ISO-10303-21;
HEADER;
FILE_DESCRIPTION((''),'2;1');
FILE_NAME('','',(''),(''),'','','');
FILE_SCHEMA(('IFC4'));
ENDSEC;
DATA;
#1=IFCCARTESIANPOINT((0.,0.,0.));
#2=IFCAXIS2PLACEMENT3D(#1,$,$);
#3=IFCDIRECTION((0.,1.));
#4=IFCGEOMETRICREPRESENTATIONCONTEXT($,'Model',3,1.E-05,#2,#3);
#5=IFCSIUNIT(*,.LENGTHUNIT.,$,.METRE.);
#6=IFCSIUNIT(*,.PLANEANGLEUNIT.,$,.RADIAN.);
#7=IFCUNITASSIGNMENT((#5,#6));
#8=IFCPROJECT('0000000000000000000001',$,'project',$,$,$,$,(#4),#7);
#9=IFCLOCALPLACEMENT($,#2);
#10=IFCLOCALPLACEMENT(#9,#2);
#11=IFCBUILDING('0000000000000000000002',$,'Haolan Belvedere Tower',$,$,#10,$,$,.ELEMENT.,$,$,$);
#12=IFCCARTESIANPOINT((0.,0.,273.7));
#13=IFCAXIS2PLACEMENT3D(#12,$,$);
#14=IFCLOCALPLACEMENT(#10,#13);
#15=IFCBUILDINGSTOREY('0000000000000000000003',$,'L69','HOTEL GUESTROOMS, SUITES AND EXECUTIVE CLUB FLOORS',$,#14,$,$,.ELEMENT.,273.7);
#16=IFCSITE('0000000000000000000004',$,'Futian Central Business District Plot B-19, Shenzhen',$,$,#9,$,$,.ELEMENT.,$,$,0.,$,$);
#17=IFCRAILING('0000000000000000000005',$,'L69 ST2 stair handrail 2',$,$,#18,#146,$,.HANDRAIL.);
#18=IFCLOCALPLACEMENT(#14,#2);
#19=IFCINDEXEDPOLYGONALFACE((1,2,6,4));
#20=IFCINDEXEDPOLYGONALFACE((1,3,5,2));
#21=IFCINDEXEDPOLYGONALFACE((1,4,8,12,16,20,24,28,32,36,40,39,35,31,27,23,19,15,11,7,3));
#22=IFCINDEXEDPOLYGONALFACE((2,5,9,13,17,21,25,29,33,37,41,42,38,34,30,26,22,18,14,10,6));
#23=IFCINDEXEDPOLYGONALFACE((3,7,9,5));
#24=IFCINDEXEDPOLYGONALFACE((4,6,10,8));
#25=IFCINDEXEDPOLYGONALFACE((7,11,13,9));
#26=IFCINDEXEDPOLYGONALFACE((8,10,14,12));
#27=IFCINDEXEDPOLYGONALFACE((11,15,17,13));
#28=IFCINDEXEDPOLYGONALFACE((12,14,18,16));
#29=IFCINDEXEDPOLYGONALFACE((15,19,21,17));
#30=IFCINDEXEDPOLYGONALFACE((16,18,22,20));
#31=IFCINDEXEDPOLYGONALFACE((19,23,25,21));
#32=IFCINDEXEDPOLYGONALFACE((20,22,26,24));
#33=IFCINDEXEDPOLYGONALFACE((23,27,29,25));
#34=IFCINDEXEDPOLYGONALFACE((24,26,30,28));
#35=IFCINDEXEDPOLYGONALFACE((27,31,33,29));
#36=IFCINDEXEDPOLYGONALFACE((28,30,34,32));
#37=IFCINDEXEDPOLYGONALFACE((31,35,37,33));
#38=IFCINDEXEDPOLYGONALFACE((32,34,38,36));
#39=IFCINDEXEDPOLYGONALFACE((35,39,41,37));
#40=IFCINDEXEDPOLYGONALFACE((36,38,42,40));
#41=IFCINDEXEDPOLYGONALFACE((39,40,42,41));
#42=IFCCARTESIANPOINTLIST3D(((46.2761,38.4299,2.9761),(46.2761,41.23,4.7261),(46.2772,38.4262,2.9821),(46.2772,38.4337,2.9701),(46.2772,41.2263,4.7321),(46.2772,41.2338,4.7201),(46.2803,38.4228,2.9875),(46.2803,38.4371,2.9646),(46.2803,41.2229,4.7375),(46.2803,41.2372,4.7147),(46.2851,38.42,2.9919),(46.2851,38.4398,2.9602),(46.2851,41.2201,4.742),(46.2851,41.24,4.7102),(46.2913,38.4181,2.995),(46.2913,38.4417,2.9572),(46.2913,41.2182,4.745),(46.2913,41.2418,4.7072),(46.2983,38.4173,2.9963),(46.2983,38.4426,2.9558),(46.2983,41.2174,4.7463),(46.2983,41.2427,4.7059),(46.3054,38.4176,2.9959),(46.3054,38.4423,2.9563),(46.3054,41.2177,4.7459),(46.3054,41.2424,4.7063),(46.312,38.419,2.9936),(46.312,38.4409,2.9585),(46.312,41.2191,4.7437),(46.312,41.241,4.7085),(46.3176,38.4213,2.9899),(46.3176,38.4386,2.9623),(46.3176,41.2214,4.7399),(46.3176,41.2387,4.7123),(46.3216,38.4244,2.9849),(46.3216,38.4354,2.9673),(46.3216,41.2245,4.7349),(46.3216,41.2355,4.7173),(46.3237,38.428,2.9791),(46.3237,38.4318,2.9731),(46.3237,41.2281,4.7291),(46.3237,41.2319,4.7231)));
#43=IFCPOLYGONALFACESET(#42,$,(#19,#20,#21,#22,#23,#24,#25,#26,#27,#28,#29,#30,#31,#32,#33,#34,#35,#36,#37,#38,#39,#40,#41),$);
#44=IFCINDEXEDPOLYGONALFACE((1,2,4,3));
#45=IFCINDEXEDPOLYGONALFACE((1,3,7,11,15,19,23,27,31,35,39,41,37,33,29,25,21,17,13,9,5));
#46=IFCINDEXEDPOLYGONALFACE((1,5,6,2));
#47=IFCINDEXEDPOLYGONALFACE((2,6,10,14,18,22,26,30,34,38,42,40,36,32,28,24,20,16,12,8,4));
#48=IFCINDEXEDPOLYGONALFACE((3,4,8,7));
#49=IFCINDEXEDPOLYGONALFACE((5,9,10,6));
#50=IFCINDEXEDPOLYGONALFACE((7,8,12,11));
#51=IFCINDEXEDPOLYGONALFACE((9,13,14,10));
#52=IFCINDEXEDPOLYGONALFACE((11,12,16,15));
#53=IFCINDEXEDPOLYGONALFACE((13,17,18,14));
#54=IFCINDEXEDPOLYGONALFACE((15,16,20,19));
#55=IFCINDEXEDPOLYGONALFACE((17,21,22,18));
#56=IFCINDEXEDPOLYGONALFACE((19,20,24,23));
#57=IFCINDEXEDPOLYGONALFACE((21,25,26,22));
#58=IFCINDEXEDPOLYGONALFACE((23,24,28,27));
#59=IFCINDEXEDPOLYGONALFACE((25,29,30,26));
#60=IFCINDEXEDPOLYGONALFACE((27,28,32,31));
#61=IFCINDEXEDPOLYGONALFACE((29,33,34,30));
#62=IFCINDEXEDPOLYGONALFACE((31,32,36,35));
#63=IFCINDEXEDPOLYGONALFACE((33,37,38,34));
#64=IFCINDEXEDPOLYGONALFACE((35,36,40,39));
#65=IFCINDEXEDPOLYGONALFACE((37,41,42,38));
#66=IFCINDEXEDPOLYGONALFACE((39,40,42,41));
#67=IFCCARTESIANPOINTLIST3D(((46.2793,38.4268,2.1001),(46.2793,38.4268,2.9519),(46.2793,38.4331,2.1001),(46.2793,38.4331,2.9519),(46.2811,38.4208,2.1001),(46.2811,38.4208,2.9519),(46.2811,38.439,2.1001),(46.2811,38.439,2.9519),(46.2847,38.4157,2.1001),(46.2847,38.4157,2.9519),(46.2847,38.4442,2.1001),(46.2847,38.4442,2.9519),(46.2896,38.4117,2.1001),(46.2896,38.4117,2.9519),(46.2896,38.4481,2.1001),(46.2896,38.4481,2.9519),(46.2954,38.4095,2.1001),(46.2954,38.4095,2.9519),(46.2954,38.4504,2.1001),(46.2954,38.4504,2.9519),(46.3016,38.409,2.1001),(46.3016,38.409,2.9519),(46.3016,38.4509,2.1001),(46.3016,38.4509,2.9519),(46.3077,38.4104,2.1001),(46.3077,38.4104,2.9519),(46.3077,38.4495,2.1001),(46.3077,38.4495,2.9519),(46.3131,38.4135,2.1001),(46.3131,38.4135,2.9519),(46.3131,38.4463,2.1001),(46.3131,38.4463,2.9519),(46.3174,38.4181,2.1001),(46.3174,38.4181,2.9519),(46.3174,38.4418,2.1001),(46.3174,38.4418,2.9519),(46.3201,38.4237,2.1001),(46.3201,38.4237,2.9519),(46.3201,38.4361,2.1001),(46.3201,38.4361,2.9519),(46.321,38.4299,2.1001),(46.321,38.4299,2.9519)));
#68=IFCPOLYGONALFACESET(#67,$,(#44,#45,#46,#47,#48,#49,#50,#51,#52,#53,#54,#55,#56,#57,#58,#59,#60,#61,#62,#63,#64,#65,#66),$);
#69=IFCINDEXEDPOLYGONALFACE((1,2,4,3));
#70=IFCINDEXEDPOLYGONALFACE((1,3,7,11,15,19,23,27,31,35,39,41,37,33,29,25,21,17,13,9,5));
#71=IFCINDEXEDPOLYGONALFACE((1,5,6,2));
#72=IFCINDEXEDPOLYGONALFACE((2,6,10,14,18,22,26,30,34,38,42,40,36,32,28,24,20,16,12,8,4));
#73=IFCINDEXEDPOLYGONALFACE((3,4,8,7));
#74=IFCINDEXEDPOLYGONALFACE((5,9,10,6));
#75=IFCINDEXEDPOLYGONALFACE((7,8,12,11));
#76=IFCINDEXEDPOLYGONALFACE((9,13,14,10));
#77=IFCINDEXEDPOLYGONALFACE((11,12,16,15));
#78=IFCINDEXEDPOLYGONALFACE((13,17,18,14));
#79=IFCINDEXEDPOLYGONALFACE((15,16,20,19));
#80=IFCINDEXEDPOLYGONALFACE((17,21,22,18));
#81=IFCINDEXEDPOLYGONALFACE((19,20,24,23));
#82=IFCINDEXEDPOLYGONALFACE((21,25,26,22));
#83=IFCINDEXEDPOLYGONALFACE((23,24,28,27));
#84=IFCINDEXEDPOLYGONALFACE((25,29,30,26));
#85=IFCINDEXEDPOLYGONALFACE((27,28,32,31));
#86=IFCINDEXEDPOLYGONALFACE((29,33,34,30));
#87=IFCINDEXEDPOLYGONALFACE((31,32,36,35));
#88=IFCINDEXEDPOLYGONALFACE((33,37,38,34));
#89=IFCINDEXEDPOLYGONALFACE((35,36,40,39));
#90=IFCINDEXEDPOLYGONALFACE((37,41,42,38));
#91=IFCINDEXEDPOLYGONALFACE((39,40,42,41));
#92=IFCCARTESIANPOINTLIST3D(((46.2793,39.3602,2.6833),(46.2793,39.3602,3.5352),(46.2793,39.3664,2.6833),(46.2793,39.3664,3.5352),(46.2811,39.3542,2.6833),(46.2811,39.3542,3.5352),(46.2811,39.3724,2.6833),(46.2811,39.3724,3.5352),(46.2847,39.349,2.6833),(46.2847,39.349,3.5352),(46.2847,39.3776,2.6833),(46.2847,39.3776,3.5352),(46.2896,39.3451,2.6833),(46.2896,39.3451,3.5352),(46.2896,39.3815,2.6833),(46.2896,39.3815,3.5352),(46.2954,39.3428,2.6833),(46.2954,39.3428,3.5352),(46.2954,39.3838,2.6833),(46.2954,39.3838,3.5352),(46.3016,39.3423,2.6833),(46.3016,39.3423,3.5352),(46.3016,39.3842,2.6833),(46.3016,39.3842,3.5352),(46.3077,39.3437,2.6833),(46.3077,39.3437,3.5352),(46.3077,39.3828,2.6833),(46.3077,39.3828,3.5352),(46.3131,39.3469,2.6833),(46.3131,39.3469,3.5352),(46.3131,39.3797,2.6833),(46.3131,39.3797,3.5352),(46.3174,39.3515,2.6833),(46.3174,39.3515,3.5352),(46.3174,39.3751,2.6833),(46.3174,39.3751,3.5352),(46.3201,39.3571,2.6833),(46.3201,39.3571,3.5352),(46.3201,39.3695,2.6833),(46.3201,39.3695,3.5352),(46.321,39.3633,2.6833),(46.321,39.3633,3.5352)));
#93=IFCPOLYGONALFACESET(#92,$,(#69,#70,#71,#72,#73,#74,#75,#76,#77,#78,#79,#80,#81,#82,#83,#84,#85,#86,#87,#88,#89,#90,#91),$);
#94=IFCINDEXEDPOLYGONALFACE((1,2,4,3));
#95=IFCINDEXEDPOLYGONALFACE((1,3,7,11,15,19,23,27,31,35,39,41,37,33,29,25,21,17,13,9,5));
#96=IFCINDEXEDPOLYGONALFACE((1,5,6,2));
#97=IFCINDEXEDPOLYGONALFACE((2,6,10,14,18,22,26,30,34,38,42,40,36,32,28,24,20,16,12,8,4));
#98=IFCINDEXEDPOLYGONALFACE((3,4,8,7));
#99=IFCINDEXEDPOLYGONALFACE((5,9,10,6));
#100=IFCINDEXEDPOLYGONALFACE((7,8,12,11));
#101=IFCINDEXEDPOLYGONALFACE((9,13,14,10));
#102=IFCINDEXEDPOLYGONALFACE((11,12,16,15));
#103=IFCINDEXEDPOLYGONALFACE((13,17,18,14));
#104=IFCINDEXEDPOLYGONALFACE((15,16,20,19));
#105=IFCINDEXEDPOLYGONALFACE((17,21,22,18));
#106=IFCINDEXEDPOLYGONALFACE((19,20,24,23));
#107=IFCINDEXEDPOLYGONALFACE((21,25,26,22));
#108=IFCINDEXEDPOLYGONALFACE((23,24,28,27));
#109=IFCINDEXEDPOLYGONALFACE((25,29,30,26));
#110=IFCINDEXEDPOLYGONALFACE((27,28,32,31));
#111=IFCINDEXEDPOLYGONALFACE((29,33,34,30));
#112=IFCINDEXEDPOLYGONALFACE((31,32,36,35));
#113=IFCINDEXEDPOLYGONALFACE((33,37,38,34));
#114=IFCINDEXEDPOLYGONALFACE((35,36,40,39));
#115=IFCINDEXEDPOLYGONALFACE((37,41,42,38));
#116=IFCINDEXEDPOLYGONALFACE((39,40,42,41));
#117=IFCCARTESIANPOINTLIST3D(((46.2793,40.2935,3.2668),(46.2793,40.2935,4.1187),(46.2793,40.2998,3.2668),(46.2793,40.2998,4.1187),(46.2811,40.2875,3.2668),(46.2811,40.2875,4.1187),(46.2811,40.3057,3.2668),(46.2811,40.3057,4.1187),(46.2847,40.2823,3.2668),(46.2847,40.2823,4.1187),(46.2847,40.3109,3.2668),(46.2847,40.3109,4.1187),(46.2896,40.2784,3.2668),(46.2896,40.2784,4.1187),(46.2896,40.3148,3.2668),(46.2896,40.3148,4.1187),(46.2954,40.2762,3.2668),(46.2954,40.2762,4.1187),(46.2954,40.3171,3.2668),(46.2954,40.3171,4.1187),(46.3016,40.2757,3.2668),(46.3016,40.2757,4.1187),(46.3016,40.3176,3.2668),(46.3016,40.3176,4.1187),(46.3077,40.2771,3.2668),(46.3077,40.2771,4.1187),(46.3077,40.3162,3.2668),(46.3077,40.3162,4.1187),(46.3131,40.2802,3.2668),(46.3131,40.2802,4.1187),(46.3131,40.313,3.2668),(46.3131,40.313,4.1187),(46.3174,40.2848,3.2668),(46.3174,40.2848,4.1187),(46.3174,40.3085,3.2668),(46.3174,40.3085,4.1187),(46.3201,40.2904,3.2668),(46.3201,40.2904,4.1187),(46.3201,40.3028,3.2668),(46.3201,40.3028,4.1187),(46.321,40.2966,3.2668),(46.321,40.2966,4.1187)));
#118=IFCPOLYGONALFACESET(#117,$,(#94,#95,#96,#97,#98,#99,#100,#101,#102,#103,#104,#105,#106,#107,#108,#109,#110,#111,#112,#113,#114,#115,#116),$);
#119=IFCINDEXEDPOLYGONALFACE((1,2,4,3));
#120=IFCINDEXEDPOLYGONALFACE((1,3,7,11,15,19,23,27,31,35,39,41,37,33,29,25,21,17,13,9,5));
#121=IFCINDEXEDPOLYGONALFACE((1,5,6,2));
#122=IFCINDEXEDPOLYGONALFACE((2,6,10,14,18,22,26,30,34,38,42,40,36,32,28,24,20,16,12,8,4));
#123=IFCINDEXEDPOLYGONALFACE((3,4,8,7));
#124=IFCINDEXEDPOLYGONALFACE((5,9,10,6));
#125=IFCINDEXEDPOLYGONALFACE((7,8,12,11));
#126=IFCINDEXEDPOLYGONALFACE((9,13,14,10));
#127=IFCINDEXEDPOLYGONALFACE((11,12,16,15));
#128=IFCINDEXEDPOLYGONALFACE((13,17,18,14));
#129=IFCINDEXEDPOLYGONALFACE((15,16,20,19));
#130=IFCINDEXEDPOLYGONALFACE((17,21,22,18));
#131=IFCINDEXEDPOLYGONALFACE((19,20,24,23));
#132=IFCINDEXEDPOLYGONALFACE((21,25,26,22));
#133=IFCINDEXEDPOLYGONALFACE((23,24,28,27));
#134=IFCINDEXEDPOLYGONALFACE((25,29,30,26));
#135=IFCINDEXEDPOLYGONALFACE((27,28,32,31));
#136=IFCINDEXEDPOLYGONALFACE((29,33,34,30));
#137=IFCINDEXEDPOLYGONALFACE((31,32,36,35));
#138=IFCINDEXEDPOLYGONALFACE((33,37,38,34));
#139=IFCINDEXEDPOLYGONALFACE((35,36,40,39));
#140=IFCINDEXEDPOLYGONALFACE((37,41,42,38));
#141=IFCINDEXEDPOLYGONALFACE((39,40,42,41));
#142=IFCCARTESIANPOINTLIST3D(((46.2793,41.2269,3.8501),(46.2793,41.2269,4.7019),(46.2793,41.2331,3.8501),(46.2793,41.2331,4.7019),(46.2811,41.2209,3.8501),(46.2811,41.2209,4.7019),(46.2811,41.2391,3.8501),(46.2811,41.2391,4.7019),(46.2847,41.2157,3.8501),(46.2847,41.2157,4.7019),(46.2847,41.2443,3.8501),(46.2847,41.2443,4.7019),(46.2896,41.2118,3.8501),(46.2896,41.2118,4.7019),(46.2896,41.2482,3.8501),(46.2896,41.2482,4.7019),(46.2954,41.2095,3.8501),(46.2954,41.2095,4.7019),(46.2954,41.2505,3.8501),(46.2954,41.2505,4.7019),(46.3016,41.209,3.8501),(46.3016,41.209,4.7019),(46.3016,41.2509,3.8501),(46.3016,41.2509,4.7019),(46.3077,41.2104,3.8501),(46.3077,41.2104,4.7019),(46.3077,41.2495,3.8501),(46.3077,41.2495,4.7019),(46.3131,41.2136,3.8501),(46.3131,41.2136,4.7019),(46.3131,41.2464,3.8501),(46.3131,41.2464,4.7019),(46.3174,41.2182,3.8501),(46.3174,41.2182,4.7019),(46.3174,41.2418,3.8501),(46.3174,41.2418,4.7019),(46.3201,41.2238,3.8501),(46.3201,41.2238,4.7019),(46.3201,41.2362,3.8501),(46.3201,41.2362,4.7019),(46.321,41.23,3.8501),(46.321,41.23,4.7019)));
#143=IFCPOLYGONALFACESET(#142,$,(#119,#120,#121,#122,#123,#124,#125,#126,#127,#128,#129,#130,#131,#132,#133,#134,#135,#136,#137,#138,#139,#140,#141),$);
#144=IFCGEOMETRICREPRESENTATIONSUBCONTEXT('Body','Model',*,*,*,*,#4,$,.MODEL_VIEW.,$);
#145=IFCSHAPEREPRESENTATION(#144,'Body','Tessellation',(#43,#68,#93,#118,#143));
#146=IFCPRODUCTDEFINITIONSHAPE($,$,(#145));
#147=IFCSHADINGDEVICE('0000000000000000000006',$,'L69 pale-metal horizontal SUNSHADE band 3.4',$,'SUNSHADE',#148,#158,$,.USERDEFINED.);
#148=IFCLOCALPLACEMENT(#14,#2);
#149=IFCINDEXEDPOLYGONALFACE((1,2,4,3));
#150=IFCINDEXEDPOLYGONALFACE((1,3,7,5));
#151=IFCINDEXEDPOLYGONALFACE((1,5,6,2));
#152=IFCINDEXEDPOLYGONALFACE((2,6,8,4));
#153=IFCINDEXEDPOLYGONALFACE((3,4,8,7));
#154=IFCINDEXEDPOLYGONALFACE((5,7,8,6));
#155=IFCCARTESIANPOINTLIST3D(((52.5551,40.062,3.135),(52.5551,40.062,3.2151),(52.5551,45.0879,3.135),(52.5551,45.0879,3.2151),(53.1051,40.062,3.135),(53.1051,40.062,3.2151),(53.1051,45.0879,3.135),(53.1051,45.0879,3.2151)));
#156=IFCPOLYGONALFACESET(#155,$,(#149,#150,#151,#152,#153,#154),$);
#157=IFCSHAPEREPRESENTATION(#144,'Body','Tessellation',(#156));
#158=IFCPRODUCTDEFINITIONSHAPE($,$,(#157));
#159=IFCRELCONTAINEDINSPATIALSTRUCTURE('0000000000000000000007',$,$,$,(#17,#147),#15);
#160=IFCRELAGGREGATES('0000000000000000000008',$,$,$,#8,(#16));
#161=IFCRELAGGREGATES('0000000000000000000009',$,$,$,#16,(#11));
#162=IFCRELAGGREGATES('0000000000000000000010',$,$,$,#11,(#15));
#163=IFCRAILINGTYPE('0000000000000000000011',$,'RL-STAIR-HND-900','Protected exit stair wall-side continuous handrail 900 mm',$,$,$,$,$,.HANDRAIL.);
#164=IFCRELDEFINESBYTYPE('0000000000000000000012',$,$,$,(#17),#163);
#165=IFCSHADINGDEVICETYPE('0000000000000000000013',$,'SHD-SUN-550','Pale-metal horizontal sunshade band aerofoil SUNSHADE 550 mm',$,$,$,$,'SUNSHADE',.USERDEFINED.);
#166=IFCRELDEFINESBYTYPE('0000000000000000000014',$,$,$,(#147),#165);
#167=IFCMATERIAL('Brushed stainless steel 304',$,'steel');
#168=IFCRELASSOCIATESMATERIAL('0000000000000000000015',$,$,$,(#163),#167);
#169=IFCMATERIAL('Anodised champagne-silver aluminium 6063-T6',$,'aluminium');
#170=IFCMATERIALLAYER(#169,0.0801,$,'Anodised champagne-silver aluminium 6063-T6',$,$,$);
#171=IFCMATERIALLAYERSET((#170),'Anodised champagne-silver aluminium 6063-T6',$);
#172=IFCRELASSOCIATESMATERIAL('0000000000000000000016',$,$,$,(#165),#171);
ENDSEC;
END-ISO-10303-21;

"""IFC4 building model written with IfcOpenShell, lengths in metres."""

from ifc_helpers import new_model, si_unit, direction, frame, origin, origin_2d, place, context, subcontext, project, spatial, rectangle, circle, extrude, material, layer, layer_set, type_object, element, save


model = new_model("IFC4")

# Units and contexts
model_context = context("Model", 3, precision=1e-05, world=origin(), true_north=direction((0.0, 1.0)))
body_context = subcontext(model_context, "Body", "Model", "MODEL_VIEW")
ifc_project = project(units=[si_unit("LENGTHUNIT", "METRE"), si_unit("PLANEANGLEUNIT", "RADIAN")], contexts=[model_context])

# Site, building, storey
site_placement = place(None, origin())
site = spatial("IfcSite", under=ifc_project, at=site_placement, Name="Futian Central Business District Plot B-19, Shenzhen", CompositionType="ELEMENT", RefElevation=0.0)
building_placement = place(site_placement, origin())
building = spatial("IfcBuilding", under=site, at=building_placement, Name="Haolan Belvedere Tower", CompositionType="ELEMENT")
storey_placement = place(building_placement, frame((0.0, 0.0, 273.7)))
storey = spatial("IfcBuildingStorey", under=building, at=storey_placement, Name="L69", Description="HOTEL GUESTROOMS, SUITES AND EXECUTIVE CLUB FLOORS", CompositionType="ELEMENT", Elevation=273.7)

# Railing
ifc_material_1 = material(Name="Brushed stainless steel 304", Category="steel")
railing_type = type_object("IfcRailingType", Name="RL-STAIR-HND-900", Description="Protected exit stair wall-side continuous handrail 900 mm", PredefinedType="HANDRAIL", material=ifc_material_1)
railing_placement = place(storey_placement, frame((46.3, 38.4299, 2.1001)))
element("IfcRailing", 1, at=railing_placement, inside=storey, type_object=railing_type, Name="L69 ST2 stair handrail 2", PredefinedType="HANDRAIL", context=body_context, shape_type="SweptSolid", body=[
    extrude(circle(Radius=0.0239, at=origin_2d()), frame((0.0, 0.0, 0.876), z_axis=(0.0, 0.848002, 0.529992), x_axis=(-1.0, 0.0, 0.0)), (0.0, 0.0, 1.0), 3.302),
    extrude(circle(Radius=0.021, at=origin_2d()), origin(), (0.0, 0.0, 1.0), 0.8518),
    extrude(circle(Radius=0.021, at=origin_2d()), frame((0.0, 0.9333, 0.5833)), (0.0, 0.0, 1.0), 0.8518),
    extrude(circle(Radius=0.021, at=origin_2d()), frame((0.0, 1.8667, 1.1667)), (0.0, 0.0, 1.0), 0.8518),
    extrude(circle(Radius=0.021, at=origin_2d()), frame((0.0, 2.8, 1.75)), (0.0, 0.0, 1.0), 0.8518),
])

# Shading device
ifc_material_2 = material(Name="Anodised champagne-silver aluminium 6063-T6", Category="aluminium")
ifc_layer_1 = layer(ifc_material_2, 0.0801, Name="Anodised champagne-silver aluminium 6063-T6")
ifc_layer_set_1 = layer_set([ifc_layer_1], Name="Anodised champagne-silver aluminium 6063-T6")
shading_device_type = type_object("IfcShadingDeviceType", Name="SHD-SUN-550", Description="Pale-metal horizontal sunshade band aerofoil SUNSHADE 550 mm", ElementType="SUNSHADE", PredefinedType="USERDEFINED", material=ifc_layer_set_1)
shading_device_placement = place(storey_placement, frame((52.8301, 42.575, 3.135), z_axis=(0.0, 0.0, 1.0), x_axis=(0.0, 1.0, 0.0)))
element("IfcShadingDevice", 2, at=shading_device_placement, inside=storey, type_object=shading_device_type, Name="L69 pale-metal horizontal SUNSHADE band 3.4", ObjectType="SUNSHADE", PredefinedType="USERDEFINED", context=body_context, shape_type="SweptSolid", body=[
    extrude(rectangle(XDim=5.0259, YDim=0.55, at=origin_2d()), origin(), (0.0, 0.0, 1.0), 0.0801),
])

save(model, "model.ifc")
